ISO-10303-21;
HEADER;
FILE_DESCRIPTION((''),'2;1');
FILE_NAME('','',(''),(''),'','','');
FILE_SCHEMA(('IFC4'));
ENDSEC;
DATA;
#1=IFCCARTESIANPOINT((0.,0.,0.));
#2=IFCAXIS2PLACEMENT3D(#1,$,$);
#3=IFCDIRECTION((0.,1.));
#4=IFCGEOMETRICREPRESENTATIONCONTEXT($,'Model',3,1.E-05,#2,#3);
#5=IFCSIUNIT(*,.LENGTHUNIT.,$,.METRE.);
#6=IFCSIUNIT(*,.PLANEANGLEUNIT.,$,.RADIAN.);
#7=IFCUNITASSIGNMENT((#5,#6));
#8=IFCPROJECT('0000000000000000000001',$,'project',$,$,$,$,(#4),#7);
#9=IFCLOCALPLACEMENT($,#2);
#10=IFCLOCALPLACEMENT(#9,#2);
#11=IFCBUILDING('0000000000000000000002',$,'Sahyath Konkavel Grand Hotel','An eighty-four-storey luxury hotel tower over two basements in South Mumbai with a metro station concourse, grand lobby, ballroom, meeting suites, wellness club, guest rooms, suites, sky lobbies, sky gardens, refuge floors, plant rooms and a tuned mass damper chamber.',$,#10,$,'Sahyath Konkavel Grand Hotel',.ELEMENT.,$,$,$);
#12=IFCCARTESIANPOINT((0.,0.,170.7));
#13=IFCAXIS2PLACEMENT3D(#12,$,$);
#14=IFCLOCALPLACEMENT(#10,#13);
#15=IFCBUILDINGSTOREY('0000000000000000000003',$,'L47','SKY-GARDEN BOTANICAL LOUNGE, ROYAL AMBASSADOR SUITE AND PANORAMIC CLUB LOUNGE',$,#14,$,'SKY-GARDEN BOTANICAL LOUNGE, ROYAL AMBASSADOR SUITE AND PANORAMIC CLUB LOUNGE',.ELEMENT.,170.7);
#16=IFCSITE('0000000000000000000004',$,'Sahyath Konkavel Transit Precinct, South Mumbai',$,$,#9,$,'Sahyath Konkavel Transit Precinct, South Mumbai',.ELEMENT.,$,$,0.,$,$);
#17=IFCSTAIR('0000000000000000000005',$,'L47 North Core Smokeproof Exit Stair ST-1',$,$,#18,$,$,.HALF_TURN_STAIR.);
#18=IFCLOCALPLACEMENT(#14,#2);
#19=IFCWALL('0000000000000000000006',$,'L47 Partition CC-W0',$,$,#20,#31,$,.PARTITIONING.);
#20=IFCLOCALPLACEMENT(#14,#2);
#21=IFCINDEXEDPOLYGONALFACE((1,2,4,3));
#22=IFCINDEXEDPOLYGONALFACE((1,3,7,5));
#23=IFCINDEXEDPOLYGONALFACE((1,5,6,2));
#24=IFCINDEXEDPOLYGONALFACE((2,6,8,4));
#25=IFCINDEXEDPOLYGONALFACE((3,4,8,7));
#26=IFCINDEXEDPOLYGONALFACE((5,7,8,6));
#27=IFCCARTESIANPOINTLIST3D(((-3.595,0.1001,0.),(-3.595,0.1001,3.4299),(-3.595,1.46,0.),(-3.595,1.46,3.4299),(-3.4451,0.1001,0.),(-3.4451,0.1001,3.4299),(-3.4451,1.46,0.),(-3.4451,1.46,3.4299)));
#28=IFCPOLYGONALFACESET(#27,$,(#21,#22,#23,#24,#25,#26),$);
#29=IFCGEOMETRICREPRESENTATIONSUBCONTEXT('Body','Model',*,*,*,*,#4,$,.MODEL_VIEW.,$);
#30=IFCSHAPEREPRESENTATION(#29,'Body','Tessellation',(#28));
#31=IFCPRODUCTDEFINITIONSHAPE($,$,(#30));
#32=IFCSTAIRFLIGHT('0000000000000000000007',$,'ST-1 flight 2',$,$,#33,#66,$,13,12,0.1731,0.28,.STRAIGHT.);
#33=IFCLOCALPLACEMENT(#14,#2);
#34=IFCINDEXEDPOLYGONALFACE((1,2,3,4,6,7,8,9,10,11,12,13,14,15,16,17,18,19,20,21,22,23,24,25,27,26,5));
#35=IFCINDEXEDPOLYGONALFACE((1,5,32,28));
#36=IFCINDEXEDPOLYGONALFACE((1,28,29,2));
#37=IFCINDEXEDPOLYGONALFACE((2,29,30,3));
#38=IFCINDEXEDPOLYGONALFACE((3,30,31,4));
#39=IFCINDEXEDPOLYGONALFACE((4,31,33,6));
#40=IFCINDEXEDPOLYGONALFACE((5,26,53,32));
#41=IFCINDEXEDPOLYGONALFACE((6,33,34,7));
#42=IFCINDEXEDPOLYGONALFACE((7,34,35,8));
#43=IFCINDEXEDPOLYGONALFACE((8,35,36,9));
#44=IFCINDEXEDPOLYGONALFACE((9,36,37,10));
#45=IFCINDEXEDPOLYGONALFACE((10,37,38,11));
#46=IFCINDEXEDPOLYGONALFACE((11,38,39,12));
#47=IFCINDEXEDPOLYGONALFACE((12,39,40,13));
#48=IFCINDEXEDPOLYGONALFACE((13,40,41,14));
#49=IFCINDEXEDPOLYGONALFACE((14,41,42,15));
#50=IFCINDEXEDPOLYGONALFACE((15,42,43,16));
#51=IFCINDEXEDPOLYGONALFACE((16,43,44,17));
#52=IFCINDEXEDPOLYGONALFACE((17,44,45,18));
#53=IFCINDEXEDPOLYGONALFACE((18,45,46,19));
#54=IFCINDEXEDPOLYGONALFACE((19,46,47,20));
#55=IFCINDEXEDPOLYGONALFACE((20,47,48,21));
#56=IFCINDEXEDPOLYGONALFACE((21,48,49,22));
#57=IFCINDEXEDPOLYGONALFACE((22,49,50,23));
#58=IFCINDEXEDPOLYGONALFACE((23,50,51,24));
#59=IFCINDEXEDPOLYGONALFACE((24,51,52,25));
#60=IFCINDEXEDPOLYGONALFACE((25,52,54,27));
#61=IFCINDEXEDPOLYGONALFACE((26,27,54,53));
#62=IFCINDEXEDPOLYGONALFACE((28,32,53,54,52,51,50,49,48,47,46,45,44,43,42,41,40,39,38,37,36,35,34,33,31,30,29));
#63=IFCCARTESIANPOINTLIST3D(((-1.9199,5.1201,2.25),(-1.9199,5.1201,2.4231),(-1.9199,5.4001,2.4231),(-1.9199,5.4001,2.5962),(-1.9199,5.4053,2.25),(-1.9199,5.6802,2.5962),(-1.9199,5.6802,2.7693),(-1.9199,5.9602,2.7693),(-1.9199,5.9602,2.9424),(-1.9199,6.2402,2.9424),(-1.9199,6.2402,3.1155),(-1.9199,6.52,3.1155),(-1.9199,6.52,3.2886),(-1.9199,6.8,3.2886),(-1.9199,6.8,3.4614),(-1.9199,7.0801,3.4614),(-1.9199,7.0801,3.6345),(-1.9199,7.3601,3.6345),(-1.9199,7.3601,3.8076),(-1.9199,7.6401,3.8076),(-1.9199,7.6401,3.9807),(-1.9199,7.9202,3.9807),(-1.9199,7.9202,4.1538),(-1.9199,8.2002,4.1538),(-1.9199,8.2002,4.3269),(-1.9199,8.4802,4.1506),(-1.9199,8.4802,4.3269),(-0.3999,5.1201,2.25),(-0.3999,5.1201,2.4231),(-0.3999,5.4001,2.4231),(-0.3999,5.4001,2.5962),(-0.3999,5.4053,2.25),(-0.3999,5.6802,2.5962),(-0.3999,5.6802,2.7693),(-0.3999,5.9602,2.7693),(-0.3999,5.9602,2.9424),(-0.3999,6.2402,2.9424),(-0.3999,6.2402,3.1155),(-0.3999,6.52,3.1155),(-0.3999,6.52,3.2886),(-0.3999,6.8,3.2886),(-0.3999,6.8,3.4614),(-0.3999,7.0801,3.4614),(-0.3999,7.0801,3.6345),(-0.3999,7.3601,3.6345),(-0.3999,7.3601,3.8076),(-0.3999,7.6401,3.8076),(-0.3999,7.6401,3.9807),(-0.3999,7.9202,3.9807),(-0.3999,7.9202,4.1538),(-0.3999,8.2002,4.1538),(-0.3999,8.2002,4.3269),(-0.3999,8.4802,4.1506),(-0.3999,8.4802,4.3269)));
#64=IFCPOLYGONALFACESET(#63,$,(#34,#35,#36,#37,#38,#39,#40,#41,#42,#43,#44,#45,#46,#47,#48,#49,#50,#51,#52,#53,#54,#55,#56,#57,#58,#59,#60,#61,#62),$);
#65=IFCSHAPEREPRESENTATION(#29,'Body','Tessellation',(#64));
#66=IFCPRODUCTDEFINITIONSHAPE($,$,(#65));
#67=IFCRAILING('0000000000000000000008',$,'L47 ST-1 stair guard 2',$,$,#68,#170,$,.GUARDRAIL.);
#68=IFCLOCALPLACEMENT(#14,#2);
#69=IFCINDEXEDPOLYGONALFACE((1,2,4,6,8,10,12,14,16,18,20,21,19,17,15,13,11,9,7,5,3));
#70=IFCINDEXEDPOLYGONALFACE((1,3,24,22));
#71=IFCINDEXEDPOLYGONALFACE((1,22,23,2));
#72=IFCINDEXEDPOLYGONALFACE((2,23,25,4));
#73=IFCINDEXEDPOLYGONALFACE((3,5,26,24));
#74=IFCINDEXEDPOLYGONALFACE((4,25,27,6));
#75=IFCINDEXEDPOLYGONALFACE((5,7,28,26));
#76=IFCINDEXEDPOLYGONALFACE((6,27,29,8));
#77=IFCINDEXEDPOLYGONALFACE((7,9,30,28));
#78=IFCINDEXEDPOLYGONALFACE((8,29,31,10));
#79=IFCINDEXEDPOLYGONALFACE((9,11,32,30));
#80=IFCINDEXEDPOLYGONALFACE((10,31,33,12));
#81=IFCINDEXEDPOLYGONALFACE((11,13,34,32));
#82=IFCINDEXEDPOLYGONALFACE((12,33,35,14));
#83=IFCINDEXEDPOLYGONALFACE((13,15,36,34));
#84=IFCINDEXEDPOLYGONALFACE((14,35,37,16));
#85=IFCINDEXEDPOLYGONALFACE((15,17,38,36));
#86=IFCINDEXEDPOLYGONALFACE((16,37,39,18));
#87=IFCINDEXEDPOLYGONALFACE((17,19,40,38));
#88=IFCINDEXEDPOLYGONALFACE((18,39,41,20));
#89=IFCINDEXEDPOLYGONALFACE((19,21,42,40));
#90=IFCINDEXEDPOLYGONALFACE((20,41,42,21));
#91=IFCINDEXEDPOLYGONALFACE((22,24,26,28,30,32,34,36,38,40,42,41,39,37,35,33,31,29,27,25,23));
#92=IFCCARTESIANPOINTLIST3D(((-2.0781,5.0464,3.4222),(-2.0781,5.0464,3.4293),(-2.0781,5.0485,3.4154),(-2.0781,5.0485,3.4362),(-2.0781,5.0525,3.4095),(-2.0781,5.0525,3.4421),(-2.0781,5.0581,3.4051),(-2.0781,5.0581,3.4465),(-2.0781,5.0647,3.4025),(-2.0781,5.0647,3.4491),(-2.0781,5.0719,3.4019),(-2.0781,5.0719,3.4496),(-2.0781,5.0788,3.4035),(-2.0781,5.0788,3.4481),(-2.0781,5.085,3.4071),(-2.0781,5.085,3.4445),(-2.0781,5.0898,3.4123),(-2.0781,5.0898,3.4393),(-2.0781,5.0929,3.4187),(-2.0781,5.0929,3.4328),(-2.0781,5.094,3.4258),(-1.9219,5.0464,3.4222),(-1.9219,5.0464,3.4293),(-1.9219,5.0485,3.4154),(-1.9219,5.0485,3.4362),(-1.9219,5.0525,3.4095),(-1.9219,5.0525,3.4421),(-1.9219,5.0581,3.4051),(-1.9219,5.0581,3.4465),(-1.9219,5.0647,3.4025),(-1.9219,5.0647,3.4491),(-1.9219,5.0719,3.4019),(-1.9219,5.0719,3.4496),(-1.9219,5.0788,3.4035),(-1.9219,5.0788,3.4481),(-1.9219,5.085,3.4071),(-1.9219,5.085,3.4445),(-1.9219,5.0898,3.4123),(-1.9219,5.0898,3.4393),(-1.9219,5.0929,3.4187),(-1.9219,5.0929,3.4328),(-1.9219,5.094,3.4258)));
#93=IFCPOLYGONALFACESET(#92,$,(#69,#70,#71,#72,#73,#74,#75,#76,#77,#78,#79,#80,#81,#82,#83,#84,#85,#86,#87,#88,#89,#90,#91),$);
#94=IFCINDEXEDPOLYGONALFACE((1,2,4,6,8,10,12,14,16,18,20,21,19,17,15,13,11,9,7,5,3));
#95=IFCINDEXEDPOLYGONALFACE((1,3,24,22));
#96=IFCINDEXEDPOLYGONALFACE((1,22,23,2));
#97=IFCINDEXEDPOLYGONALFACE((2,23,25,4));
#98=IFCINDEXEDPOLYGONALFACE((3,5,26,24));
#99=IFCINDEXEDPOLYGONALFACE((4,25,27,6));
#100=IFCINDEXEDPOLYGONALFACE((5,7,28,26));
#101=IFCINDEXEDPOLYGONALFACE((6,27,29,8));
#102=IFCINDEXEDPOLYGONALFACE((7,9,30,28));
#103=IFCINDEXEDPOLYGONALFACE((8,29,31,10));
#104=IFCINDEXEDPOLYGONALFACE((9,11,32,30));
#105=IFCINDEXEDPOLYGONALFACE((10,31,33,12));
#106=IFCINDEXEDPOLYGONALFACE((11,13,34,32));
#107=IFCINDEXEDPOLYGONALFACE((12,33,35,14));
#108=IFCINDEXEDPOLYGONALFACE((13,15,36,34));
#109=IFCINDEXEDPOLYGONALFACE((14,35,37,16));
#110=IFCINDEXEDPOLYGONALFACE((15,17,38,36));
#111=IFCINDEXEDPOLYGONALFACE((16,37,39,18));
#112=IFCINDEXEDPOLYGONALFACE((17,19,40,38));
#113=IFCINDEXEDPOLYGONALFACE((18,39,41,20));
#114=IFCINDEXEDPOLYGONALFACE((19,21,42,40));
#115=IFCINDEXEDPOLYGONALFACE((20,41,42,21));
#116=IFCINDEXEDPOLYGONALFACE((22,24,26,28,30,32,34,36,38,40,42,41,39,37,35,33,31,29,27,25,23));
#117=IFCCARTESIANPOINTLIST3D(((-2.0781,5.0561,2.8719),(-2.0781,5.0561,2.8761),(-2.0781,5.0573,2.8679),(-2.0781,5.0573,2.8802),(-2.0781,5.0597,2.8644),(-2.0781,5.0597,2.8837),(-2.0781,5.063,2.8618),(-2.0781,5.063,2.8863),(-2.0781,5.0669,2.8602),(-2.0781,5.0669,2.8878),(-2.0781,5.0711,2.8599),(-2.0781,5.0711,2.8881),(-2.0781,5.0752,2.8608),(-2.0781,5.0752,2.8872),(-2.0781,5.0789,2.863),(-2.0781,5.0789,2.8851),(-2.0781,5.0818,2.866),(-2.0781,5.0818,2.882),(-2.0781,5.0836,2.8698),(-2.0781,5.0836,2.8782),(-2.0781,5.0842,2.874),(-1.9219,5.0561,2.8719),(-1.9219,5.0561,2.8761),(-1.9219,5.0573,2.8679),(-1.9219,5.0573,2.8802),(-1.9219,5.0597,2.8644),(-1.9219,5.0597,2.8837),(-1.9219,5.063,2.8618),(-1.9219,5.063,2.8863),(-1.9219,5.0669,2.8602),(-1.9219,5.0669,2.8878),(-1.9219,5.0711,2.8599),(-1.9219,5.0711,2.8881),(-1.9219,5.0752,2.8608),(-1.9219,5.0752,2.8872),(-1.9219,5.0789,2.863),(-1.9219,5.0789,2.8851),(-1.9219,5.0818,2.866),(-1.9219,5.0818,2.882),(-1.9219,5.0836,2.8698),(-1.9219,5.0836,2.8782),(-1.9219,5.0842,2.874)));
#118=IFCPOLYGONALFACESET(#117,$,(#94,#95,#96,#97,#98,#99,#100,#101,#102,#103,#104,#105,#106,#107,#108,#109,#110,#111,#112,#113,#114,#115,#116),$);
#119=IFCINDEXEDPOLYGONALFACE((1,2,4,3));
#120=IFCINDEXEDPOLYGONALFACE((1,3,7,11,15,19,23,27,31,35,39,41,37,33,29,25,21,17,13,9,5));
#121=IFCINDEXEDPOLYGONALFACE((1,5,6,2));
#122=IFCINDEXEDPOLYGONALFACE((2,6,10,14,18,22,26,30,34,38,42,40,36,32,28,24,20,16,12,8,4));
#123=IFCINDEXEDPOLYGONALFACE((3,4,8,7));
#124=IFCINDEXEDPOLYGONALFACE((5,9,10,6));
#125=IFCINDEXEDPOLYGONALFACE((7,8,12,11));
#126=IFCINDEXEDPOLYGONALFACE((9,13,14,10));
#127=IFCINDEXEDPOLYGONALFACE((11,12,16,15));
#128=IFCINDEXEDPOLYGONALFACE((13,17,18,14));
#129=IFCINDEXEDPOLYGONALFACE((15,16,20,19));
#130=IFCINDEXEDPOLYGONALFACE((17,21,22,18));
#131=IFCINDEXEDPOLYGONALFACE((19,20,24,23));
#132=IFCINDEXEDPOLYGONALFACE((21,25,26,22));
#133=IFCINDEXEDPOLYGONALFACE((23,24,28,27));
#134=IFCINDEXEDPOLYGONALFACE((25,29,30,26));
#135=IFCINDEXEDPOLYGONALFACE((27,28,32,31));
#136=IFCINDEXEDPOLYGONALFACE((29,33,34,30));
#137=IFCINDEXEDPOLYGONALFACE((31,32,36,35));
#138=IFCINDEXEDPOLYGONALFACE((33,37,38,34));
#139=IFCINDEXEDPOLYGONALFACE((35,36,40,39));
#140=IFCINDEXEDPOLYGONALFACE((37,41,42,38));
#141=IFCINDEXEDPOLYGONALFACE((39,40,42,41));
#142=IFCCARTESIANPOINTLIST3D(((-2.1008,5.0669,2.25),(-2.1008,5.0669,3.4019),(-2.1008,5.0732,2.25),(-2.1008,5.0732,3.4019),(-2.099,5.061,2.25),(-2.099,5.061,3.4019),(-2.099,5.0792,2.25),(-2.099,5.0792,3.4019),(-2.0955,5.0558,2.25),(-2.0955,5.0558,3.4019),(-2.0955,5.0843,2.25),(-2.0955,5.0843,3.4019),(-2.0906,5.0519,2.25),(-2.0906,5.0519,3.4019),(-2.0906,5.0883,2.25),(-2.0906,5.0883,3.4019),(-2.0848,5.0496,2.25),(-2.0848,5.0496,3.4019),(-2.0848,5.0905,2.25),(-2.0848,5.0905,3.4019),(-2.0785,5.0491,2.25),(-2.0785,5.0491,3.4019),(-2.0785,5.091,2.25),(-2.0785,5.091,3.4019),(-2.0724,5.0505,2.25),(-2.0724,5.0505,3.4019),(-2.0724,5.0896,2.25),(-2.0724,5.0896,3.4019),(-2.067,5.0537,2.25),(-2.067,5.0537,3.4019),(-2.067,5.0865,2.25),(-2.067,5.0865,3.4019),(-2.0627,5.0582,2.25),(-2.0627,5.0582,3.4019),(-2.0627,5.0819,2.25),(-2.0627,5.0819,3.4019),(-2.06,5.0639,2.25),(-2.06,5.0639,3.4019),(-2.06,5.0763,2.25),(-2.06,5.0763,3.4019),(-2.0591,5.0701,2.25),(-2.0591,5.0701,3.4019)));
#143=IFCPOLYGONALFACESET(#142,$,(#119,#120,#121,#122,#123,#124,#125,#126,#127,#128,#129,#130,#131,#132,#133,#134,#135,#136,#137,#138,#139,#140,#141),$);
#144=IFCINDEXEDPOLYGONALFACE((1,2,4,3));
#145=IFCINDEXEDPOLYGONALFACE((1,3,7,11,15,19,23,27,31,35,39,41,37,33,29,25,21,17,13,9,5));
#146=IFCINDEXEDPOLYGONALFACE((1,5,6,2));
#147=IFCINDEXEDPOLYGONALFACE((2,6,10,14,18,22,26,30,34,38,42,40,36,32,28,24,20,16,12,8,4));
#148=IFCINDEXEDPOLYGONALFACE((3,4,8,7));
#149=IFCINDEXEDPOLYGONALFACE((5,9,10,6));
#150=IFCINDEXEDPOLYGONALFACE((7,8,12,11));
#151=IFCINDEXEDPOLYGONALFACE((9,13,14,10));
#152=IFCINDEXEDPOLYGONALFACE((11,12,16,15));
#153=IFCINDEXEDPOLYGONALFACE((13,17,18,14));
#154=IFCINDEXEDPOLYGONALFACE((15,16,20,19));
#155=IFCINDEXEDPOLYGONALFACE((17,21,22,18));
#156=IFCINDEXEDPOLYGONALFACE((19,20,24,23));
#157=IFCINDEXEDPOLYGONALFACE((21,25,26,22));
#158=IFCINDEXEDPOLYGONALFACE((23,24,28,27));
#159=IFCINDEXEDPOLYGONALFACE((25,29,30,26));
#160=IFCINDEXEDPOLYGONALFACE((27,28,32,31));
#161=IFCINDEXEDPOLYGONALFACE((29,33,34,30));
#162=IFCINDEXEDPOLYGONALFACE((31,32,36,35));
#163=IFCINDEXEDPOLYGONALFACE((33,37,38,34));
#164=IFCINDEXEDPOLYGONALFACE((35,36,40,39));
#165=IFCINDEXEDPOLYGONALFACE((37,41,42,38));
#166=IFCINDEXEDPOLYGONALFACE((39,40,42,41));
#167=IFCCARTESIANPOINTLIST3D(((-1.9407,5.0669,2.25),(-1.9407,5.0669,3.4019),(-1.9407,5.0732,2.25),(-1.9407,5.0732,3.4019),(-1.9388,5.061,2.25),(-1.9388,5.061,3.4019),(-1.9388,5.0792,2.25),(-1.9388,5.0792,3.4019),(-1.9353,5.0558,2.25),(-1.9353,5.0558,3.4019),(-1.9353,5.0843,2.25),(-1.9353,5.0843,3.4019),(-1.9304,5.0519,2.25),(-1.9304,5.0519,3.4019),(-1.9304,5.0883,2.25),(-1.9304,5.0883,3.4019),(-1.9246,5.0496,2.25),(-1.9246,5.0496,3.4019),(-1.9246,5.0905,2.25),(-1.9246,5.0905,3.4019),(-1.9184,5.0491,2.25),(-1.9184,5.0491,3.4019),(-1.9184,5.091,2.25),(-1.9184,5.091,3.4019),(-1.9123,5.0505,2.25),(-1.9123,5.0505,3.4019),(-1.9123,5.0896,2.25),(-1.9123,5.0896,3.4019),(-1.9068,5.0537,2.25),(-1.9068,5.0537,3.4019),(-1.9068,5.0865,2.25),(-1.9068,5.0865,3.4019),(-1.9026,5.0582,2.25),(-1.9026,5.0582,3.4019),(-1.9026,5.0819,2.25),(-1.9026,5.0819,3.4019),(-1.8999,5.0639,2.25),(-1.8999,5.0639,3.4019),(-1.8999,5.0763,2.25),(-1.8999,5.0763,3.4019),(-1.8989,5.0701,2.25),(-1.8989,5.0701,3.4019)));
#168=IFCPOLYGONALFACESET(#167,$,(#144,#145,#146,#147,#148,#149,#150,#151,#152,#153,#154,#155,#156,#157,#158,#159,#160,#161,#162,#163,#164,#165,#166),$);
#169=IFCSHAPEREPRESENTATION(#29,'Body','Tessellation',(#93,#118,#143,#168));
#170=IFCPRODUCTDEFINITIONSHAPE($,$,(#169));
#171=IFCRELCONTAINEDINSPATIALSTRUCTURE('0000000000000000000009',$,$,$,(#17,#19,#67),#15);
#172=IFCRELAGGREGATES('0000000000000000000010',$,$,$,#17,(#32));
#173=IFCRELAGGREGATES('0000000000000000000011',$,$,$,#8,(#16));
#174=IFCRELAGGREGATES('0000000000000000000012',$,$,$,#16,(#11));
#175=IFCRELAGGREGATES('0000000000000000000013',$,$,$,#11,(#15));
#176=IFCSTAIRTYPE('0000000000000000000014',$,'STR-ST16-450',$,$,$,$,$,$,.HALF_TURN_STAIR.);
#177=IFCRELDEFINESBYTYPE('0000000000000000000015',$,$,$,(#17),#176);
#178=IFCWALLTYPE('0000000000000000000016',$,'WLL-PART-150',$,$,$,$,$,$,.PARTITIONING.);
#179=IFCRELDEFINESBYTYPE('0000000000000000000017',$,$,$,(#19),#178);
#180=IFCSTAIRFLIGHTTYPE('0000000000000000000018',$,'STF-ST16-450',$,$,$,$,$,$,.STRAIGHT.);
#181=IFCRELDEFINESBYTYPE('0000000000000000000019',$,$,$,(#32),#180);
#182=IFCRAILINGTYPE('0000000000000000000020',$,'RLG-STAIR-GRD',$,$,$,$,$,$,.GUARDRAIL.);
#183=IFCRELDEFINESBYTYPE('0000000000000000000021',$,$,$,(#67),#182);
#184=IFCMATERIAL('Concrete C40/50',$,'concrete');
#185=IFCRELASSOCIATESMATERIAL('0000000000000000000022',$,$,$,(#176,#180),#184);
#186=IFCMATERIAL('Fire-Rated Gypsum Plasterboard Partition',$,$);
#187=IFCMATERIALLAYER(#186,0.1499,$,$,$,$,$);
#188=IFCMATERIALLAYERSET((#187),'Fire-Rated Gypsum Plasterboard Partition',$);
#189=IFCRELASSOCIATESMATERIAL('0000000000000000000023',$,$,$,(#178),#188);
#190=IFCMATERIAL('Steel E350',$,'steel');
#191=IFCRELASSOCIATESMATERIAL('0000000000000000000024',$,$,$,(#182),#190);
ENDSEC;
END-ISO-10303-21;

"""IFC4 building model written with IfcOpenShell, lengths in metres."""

from ifc_helpers import new_model, si_unit, direction, frame, frame_2d, origin, origin_2d, place, context, subcontext, project, spatial, polyline, rectangle, circle, outline, extrude, material, layer, layer_set, type_object, element, aggregate, save


model = new_model("IFC4")

# Units and contexts
model_context = context("Model", 3, precision=1e-05, world=origin(), true_north=direction((0.0, 1.0)))
body_context = subcontext(model_context, "Body", "Model", "MODEL_VIEW")
ifc_project = project(units=[si_unit("LENGTHUNIT", "METRE"), si_unit("PLANEANGLEUNIT", "RADIAN")], contexts=[model_context])

# Site, building, storey
site_placement = place(None, origin())
site = spatial("IfcSite", under=ifc_project, at=site_placement, Name="Sahyath Konkavel Transit Precinct, South Mumbai", LongName="Sahyath Konkavel Transit Precinct, South Mumbai", CompositionType="ELEMENT", RefElevation=0.0)
building_placement = place(site_placement, origin())
building = spatial("IfcBuilding", under=site, at=building_placement, Name="Sahyath Konkavel Grand Hotel", Description="An eighty-four-storey luxury hotel tower over two basements in South Mumbai with a metro station concourse, grand lobby, ballroom, meeting suites, wellness club, guest rooms, suites, sky lobbies, sky gardens, refuge floors, plant rooms and a tuned mass damper chamber.", LongName="Sahyath Konkavel Grand Hotel", CompositionType="ELEMENT")
storey_placement = place(building_placement, frame((0.0, 0.0, 170.7)))
storey = spatial("IfcBuildingStorey", under=building, at=storey_placement, Name="L47", Description="SKY-GARDEN BOTANICAL LOUNGE, ROYAL AMBASSADOR SUITE AND PANORAMIC CLUB LOUNGE", LongName="SKY-GARDEN BOTANICAL LOUNGE, ROYAL AMBASSADOR SUITE AND PANORAMIC CLUB LOUNGE", CompositionType="ELEMENT", Elevation=170.7)

# Shared definitions
ifc_material_1 = material(Name="Steel E350", Category="steel")

# Shared definitions
ifc_material_2 = material(Name="Concrete C40/50", Category="concrete")

# Stair
stair_type = type_object("IfcStairType", Name="STR-ST16-450", PredefinedType="HALF_TURN_STAIR", material=ifc_material_2)
stair_1_placement = place(storey_placement, origin())
stair_1 = element("IfcStair", 1, at=stair_1_placement, inside=storey, type_object=stair_type, Name="L47 North Core Smokeproof Exit Stair ST-1", PredefinedType="HALF_TURN_STAIR")

# Shared definitions
ifc_material_3 = material(Name="Fire-Rated Gypsum Plasterboard Partition")
ifc_layer_1 = layer(ifc_material_3, 0.1499)
ifc_layer_set_1 = layer_set([ifc_layer_1], Name="Fire-Rated Gypsum Plasterboard Partition")
wall_type_1 = type_object("IfcWallType", Name="WLL-PART-150", PredefinedType="PARTITIONING", material=ifc_layer_set_1)

# Wall
wall_1_placement = place(storey_placement, frame((-3.52, 0.1001, 0.0), z_axis=(0.0, 0.0, 1.0), x_axis=(0.0, 1.0, 0.0)))
element("IfcWall", 2, at=wall_1_placement, inside=storey, type_object=wall_type_1, Name="L47 Partition CC-W0", PredefinedType="PARTITIONING", context=body_context, shape_type="SweptSolid", body=[
    extrude(rectangle(XDim=1.3599, YDim=0.1499, at=frame_2d((0.6799, 0.0))), origin(), (0.0, 0.0, 1.0), 3.4299),
])

# Stair flight
stair_flight_type = type_object("IfcStairFlightType", Name="STF-ST16-450", PredefinedType="STRAIGHT", material=ifc_material_2)
stair_flight_placement = place(storey_placement, frame((-1.1599, 5.1201, 2.25), z_axis=(0.0, 0.0, 1.0), x_axis=(0.0, 1.0, 0.0)))
stair_flight = element("IfcStairFlight", 3, at=stair_flight_placement, type_object=stair_flight_type, Name="ST-1 flight 2", NumberOfRisers=13, NumberOfTreads=12, PredefinedType="STRAIGHT", RiserHeight=0.1731, TreadLength=0.28, context=body_context, shape_type="SweptSolid", body=[
    extrude(outline(polyline([(0.0, 0.0), (0.0, 0.1731), (0.28, 0.1731), (0.28, 0.3462), (0.5601, 0.3462), (0.5601, 0.5193), (0.8401, 0.5193), (0.8401, 0.6924), (1.1201, 0.6924), (1.1201, 0.8655), (1.3999, 0.8655), (1.3999, 1.0386), (1.6799, 1.0386), (1.6799, 1.2114), (1.96, 1.2114), (1.96, 1.3845), (2.24, 1.3845), (2.24, 1.5576), (2.52, 1.5576), (2.52, 1.7307), (2.8, 1.7307), (2.8, 1.9038), (3.0801, 1.9038), (3.0801, 2.0769), (3.3601, 2.0769), (3.3601, 2.25), (3.3601, 1.9006), (0.2852, 0.0), (0.0, 0.0)])), frame((0.0, 0.76, 0.0), z_axis=(0.0, -1.0, 0.0), x_axis=(1.0, 0.0, 0.0)), (0.0, 0.0, 1.0), 1.52),
])
aggregate(stair_1, [stair_flight])

# Railing
railing_type_1 = type_object("IfcRailingType", Name="RLG-STAIR-GRD", PredefinedType="GUARDRAIL", material=ifc_material_1)
railing_1_placement = place(storey_placement, frame((-2.0801, 5.0701, 2.25)))
element("IfcRailing", 4, at=railing_1_placement, inside=storey, type_object=railing_type_1, Name="L47 ST-1 stair guard 2", PredefinedType="GUARDRAIL", context=body_context, shape_type="SweptSolid", body=[
    extrude(circle(Radius=0.0239, at=origin_2d()), frame((0.002, 0.0, 1.1758), z_axis=(1.0, 0.0, 0.0), x_axis=(0.0, 1.0, 0.0)), (0.0, 0.0, 1.0), 0.1562),
    extrude(circle(Radius=0.0142, at=origin_2d()), frame((0.002, 0.0, 0.624), z_axis=(1.0, 0.0, 0.0), x_axis=(0.0, 1.0, 0.0)), (0.0, 0.0, 1.0), 0.1562),
    extrude(circle(Radius=0.021, at=origin_2d()), origin(), (0.0, 0.0, 1.0), 1.1519),
    extrude(circle(Radius=0.021, at=origin_2d()), frame((0.1602, 0.0, 0.0)), (0.0, 0.0, 1.0), 1.1519),
])

save(model, "model.ifc")
